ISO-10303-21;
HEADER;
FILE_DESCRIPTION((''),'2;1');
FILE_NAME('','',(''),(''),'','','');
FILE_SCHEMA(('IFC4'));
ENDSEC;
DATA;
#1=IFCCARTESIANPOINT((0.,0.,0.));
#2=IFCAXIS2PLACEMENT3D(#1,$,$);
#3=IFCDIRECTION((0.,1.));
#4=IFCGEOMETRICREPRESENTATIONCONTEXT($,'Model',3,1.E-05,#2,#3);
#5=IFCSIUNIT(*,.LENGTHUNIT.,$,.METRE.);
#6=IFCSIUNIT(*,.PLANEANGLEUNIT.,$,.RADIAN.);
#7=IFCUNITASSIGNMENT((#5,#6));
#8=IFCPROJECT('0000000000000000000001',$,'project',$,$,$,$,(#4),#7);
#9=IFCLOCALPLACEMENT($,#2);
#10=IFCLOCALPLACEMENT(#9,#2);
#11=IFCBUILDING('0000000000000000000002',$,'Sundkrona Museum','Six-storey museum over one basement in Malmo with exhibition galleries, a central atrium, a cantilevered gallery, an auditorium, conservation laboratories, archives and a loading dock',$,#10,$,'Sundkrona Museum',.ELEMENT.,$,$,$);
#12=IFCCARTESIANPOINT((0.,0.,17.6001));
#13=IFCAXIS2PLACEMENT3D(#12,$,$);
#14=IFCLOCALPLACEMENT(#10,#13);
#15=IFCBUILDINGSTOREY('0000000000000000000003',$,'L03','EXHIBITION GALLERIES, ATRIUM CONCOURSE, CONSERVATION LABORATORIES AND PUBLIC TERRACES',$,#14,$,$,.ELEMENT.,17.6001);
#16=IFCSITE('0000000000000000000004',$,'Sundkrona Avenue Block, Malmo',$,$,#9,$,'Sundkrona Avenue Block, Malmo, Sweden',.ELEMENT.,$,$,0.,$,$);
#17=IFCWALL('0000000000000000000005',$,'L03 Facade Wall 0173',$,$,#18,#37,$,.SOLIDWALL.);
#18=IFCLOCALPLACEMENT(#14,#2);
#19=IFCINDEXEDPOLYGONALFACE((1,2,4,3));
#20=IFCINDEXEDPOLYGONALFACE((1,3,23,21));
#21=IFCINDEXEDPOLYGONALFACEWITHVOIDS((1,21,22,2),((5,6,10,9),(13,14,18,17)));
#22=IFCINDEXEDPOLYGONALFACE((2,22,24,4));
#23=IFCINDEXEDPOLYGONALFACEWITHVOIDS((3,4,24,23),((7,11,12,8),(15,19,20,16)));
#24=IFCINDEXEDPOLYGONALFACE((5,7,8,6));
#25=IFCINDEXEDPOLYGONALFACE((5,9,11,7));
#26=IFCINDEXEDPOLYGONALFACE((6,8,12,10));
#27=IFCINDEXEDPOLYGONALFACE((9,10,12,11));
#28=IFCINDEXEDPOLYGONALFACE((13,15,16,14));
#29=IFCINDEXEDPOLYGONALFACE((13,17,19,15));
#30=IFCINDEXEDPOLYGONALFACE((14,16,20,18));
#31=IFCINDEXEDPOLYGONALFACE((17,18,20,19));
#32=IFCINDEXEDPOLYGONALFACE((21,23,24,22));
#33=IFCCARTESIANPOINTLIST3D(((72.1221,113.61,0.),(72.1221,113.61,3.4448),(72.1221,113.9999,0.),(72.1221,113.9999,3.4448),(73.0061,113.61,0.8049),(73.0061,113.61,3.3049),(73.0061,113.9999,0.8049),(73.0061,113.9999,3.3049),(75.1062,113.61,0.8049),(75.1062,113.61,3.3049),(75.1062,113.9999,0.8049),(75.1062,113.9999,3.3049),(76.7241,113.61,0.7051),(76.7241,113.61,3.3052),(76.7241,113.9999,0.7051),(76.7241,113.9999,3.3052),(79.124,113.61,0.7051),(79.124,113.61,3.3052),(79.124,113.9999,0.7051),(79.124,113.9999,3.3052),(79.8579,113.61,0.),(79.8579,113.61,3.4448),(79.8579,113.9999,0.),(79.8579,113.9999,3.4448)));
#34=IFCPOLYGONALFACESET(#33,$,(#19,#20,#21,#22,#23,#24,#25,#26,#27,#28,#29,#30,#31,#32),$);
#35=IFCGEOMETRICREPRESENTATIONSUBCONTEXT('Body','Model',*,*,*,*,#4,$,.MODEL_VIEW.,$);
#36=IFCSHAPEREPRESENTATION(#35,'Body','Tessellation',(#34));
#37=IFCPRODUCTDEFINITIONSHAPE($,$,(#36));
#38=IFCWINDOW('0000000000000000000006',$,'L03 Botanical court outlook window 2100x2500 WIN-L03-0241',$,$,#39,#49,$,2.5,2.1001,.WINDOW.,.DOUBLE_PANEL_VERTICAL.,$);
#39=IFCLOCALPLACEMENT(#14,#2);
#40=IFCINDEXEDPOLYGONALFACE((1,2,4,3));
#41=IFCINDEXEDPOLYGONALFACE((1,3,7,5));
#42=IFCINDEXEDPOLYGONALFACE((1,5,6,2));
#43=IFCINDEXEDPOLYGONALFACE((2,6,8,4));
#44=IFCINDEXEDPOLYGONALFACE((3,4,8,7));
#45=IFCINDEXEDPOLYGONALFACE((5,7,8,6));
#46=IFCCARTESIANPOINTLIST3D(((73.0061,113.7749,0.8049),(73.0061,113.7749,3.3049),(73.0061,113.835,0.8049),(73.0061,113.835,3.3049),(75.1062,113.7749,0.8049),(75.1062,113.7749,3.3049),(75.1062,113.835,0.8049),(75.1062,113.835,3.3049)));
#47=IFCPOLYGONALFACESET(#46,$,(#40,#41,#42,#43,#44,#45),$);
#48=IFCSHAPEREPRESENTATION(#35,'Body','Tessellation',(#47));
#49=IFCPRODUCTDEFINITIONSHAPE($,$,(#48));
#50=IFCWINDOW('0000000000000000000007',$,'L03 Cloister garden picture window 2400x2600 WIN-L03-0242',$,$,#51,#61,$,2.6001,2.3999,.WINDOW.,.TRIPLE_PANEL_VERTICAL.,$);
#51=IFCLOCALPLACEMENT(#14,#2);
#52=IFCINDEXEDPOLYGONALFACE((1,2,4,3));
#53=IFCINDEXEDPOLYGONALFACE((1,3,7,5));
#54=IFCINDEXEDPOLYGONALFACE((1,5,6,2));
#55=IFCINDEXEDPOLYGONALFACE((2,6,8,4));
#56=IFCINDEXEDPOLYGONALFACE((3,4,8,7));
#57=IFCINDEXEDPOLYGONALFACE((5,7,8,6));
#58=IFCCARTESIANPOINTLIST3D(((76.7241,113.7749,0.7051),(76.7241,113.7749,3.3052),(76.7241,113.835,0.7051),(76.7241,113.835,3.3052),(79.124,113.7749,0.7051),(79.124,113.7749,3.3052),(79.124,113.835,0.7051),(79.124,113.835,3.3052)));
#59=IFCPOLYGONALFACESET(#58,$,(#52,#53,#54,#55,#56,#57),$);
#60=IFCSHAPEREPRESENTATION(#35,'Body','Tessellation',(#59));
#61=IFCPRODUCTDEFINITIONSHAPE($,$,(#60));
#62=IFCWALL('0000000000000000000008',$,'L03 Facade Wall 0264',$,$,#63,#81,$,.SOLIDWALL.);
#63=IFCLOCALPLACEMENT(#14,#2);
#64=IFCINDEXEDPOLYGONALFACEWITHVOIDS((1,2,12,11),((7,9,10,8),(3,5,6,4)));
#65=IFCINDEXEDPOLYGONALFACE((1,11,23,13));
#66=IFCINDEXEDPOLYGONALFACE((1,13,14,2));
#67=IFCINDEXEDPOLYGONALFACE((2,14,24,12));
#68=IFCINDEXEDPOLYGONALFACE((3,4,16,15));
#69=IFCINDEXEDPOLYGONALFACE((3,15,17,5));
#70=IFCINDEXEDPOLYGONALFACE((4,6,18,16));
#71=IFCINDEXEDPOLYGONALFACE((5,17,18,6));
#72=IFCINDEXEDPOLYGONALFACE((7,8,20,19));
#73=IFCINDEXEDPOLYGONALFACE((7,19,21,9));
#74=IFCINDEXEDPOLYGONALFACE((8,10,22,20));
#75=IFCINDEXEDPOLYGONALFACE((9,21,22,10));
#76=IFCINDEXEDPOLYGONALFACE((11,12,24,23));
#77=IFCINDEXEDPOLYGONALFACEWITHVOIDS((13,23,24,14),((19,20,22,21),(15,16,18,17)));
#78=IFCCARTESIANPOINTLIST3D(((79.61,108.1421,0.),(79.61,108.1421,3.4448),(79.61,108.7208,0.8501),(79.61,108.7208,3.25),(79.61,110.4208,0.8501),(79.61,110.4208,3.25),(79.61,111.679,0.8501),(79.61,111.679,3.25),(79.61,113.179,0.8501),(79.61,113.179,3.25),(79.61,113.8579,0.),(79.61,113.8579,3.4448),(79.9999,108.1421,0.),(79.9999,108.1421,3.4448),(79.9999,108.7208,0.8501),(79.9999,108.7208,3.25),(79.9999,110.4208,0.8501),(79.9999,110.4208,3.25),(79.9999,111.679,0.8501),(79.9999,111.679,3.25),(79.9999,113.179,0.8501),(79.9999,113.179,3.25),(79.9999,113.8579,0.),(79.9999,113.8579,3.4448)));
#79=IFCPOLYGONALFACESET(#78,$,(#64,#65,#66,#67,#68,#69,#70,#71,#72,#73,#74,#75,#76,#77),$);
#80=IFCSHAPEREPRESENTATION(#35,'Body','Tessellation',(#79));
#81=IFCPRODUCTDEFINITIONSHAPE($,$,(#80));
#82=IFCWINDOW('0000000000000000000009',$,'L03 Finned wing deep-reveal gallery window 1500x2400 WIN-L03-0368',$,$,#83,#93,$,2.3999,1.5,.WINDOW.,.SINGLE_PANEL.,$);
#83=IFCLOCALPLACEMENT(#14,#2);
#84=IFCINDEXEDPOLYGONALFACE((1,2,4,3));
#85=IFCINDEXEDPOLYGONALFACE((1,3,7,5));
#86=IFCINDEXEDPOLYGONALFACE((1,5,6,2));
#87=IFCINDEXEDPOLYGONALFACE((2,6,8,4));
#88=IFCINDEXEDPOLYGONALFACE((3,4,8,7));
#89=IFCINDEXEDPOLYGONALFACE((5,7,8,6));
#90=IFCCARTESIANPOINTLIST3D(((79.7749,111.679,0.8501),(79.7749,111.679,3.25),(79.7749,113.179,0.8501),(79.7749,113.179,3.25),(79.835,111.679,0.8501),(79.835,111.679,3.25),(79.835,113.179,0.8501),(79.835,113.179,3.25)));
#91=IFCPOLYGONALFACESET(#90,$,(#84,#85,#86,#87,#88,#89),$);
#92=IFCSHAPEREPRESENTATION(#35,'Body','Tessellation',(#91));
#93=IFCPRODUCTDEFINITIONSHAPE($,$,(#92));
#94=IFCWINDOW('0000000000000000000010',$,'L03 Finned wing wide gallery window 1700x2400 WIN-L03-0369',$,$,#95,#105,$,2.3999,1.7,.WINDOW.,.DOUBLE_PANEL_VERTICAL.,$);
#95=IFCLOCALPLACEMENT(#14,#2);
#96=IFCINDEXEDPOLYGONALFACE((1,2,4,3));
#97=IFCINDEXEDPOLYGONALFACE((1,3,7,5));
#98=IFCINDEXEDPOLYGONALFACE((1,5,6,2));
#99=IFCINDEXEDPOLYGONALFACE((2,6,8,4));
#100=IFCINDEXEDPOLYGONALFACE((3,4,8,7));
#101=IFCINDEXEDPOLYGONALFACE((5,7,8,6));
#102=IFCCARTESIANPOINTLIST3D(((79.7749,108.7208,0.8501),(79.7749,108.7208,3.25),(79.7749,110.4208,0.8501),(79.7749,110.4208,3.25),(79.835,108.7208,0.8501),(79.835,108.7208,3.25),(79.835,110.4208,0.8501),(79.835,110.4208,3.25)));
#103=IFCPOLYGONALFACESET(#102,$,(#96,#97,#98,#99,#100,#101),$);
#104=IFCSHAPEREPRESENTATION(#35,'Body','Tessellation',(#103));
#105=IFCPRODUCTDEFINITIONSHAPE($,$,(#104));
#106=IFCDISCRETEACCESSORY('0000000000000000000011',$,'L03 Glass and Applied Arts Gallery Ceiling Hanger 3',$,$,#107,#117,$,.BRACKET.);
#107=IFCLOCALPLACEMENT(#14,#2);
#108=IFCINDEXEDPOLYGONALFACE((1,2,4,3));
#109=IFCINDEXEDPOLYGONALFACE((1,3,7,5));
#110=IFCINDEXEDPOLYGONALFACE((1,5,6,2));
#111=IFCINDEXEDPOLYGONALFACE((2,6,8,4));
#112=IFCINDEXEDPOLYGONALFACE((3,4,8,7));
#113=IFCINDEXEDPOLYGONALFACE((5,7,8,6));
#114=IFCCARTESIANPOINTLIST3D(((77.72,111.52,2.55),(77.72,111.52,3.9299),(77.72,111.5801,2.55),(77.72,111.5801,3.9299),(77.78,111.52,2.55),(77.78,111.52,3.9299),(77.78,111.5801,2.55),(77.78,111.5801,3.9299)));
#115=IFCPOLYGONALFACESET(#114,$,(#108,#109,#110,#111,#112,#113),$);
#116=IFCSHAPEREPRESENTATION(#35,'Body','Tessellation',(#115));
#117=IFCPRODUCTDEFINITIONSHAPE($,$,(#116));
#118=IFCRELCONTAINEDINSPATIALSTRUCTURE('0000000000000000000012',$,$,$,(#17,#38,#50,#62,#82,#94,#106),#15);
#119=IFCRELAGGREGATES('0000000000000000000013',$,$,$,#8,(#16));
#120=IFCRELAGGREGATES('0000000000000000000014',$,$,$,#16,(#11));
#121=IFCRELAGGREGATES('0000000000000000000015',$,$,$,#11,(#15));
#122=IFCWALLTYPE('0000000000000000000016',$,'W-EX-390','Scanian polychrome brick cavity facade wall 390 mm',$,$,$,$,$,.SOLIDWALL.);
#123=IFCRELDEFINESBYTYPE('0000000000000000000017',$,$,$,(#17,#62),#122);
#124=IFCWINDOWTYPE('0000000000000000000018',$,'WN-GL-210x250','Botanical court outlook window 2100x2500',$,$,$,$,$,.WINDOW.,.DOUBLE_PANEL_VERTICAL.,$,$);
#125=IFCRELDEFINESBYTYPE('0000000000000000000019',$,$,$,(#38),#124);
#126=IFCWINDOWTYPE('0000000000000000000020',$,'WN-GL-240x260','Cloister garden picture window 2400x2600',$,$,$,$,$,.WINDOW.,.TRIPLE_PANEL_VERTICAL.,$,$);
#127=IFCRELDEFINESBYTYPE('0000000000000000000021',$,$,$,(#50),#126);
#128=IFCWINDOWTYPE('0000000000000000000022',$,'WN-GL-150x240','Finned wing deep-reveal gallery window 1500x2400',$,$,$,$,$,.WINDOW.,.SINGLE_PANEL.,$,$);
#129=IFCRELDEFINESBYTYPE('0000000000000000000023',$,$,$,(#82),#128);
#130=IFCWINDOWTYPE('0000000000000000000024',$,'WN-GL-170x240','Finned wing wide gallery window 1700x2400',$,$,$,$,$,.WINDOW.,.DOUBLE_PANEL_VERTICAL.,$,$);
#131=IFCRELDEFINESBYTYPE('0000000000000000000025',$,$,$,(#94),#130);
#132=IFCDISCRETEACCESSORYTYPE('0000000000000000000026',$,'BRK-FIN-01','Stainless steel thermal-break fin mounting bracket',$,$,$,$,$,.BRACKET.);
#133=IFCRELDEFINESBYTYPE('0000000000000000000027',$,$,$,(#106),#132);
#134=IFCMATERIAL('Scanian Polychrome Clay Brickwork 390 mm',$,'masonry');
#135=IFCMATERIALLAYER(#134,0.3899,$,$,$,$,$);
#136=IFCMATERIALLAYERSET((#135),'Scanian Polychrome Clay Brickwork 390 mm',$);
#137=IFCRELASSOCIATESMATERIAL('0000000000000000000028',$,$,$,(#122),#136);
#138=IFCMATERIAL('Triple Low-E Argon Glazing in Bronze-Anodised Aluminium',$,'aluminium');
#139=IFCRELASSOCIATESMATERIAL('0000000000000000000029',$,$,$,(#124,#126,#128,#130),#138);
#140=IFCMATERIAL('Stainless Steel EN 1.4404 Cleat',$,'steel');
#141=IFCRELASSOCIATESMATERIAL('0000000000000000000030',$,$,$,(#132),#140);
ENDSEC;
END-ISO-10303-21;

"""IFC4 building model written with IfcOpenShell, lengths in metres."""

from ifc_helpers import new_model, si_unit, direction, frame, frame_2d, origin, origin_2d, place, context, subcontext, project, spatial, rectangle, extrude, material, layer, layer_set, type_object, element, fill, save


model = new_model("IFC4")

# Units and contexts
model_context = context("Model", 3, precision=1e-05, world=origin(), true_north=direction((0.0, 1.0)))
body_context = subcontext(model_context, "Body", "Model", "MODEL_VIEW")
ifc_project = project(units=[si_unit("LENGTHUNIT", "METRE"), si_unit("PLANEANGLEUNIT", "RADIAN")], contexts=[model_context])

# Site, building, storey
site_placement = place(None, origin())
site = spatial("IfcSite", under=ifc_project, at=site_placement, Name="Sundkrona Avenue Block, Malmo", LongName="Sundkrona Avenue Block, Malmo, Sweden", CompositionType="ELEMENT", RefElevation=0.0)
building_placement = place(site_placement, origin())
building = spatial("IfcBuilding", under=site, at=building_placement, Name="Sundkrona Museum", Description="Six-storey museum over one basement in Malmo with exhibition galleries, a central atrium, a cantilevered gallery, an auditorium, conservation laboratories, archives and a loading dock", LongName="Sundkrona Museum", CompositionType="ELEMENT")
storey_placement = place(building_placement, frame((0.0, 0.0, 17.6001)))
storey = spatial("IfcBuildingStorey", under=building, at=storey_placement, Name="L03", Description="EXHIBITION GALLERIES, ATRIUM CONCOURSE, CONSERVATION LABORATORIES AND PUBLIC TERRACES", CompositionType="ELEMENT", Elevation=17.6001)

# Walls, openings, windows
ifc_material_1 = material(Name="Scanian Polychrome Clay Brickwork 390 mm", Category="masonry")
ifc_layer = layer(ifc_material_1, 0.3899)
ifc_layer_set = layer_set([ifc_layer], Name="Scanian Polychrome Clay Brickwork 390 mm")
wall_type = type_object("IfcWallType", Name="W-EX-390", Description="Scanian polychrome brick cavity facade wall 390 mm", PredefinedType="SOLIDWALL", material=ifc_layer_set)
ifc_material_2 = material(Name="Triple Low-E Argon Glazing in Bronze-Anodised Aluminium", Category="aluminium")
window_type_1 = type_object("IfcWindowType", Name="WN-GL-210x250", Description="Botanical court outlook window 2100x2500", PartitioningType="DOUBLE_PANEL_VERTICAL", PredefinedType="WINDOW", material=ifc_material_2)
window_type_2 = type_object("IfcWindowType", Name="WN-GL-240x260", Description="Cloister garden picture window 2400x2600", PartitioningType="TRIPLE_PANEL_VERTICAL", PredefinedType="WINDOW", material=ifc_material_2)
wall_1_placement = place(storey_placement, frame((72.1221, 113.8049, 0.0), z_axis=(0.0, 0.0, 1.0), x_axis=(1.0, 0.0, 0.0)))
wall_1 = element("IfcWall", 1, at=wall_1_placement, inside=storey, type_object=wall_type, Name="L03 Facade Wall 0173", PredefinedType="SOLIDWALL", context=body_context, shape_type="SweptSolid", body=[
    extrude(rectangle(XDim=7.7358, YDim=0.3899, at=frame_2d((3.8679, 0.0))), origin(), (0.0, 0.0, 1.0), 3.4448),
])
opening_1_placement = place(wall_1_placement, frame((0.884, 0.0, 0.8049)))
opening_1 = element("IfcOpeningElement", 2, at=opening_1_placement, cuts=wall_1, PredefinedType="OPENING", context=body_context, shape_type="SweptSolid", body=[
    extrude(rectangle(XDim=2.1001, YDim=2.5, at=frame_2d((1.05, 1.25))), frame((0.0, 0.2048, 0.0), z_axis=(0.0, -1.0, 0.0), x_axis=(1.0, 0.0, 0.0)), (0.0, 0.0, 1.0), 0.4099),
])
opening_2_placement = place(wall_1_placement, frame((4.6021, 0.0, 0.7051)))
opening_2 = element("IfcOpeningElement", 3, at=opening_2_placement, cuts=wall_1, PredefinedType="OPENING", context=body_context, shape_type="SweptSolid", body=[
    extrude(rectangle(XDim=2.3999, YDim=2.6001, at=frame_2d((1.2, 1.3))), frame((0.0, 0.2048, 0.0), z_axis=(0.0, -1.0, 0.0), x_axis=(1.0, 0.0, 0.0)), (0.0, 0.0, 1.0), 0.4099),
])
window_1_placement = place(opening_1_placement, origin())
window_1 = element("IfcWindow", 4, at=window_1_placement, inside=storey, type_object=window_type_1, Name="L03 Botanical court outlook window 2100x2500 WIN-L03-0241", OverallHeight=2.5, OverallWidth=2.1001, PartitioningType="DOUBLE_PANEL_VERTICAL", PredefinedType="WINDOW", context=body_context, shape_type="SweptSolid", body=[
    extrude(rectangle(XDim=2.1001, YDim=2.5, at=frame_2d((1.05, 1.25))), frame((0.0, 0.03, 0.0), z_axis=(0.0, -1.0, 0.0), x_axis=(1.0, 0.0, 0.0)), (0.0, 0.0, 1.0), 0.0601),
])
fill(opening_1, window_1)
window_2_placement = place(opening_2_placement, origin())
window_2 = element("IfcWindow", 5, at=window_2_placement, inside=storey, type_object=window_type_2, Name="L03 Cloister garden picture window 2400x2600 WIN-L03-0242", OverallHeight=2.6001, OverallWidth=2.3999, PartitioningType="TRIPLE_PANEL_VERTICAL", PredefinedType="WINDOW", context=body_context, shape_type="SweptSolid", body=[
    extrude(rectangle(XDim=2.3999, YDim=2.6001, at=frame_2d((1.2, 1.3))), frame((0.0, 0.03, 0.0), z_axis=(0.0, -1.0, 0.0), x_axis=(1.0, 0.0, 0.0)), (0.0, 0.0, 1.0), 0.0601),
])
fill(opening_2, window_2)
wall_2_placement = place(storey_placement, frame((79.8049, 113.8579, 0.0), z_axis=(0.0, 0.0, 1.0), x_axis=(0.0, -1.0, 0.0)))
wall_2 = element("IfcWall", 6, at=wall_2_placement, inside=storey, type_object=wall_type, Name="L03 Facade Wall 0264", PredefinedType="SOLIDWALL", context=body_context, shape_type="SweptSolid", body=[
    extrude(rectangle(XDim=5.7158, YDim=0.3899, at=frame_2d((2.8579, 0.0))), origin(), (0.0, 0.0, 1.0), 3.4448),
])
opening_3_placement = place(wall_2_placement, frame((0.679, 0.0, 0.8501)))
opening_3 = element("IfcOpeningElement", 7, at=opening_3_placement, cuts=wall_2, PredefinedType="OPENING", context=body_context, shape_type="SweptSolid", body=[
    extrude(rectangle(XDim=1.5, YDim=2.3999, at=frame_2d((0.75, 1.2))), frame((0.0, 0.2048, 0.0), z_axis=(0.0, -1.0, 0.0), x_axis=(1.0, 0.0, 0.0)), (0.0, 0.0, 1.0), 0.4099),
])
opening_4_placement = place(wall_2_placement, frame((3.437, 0.0, 0.8501)))
opening_4 = element("IfcOpeningElement", 8, at=opening_4_placement, cuts=wall_2, PredefinedType="OPENING", context=body_context, shape_type="SweptSolid", body=[
    extrude(rectangle(XDim=1.7, YDim=2.3999, at=frame_2d((0.8501, 1.2))), frame((0.0, 0.2048, 0.0), z_axis=(0.0, -1.0, 0.0), x_axis=(1.0, 0.0, 0.0)), (0.0, 0.0, 1.0), 0.4099),
])
window_type_3 = type_object("IfcWindowType", Name="WN-GL-150x240", Description="Finned wing deep-reveal gallery window 1500x2400", PartitioningType="SINGLE_PANEL", PredefinedType="WINDOW", material=ifc_material_2)
window_3_placement = place(opening_3_placement, origin())
window_3 = element("IfcWindow", 9, at=window_3_placement, inside=storey, type_object=window_type_3, Name="L03 Finned wing deep-reveal gallery window 1500x2400 WIN-L03-0368", OverallHeight=2.3999, OverallWidth=1.5, PartitioningType="SINGLE_PANEL", PredefinedType="WINDOW", context=body_context, shape_type="SweptSolid", body=[
    extrude(rectangle(XDim=1.5, YDim=2.3999, at=frame_2d((0.75, 1.2))), frame((0.0, 0.03, 0.0), z_axis=(0.0, -1.0, 0.0), x_axis=(1.0, 0.0, 0.0)), (0.0, 0.0, 1.0), 0.0601),
])
fill(opening_3, window_3)
window_type_4 = type_object("IfcWindowType", Name="WN-GL-170x240", Description="Finned wing wide gallery window 1700x2400", PartitioningType="DOUBLE_PANEL_VERTICAL", PredefinedType="WINDOW", material=ifc_material_2)
window_4_placement = place(opening_4_placement, origin())
window_4 = element("IfcWindow", 10, at=window_4_placement, inside=storey, type_object=window_type_4, Name="L03 Finned wing wide gallery window 1700x2400 WIN-L03-0369", OverallHeight=2.3999, OverallWidth=1.7, PartitioningType="DOUBLE_PANEL_VERTICAL", PredefinedType="WINDOW", context=body_context, shape_type="SweptSolid", body=[
    extrude(rectangle(XDim=1.7, YDim=2.3999, at=frame_2d((0.8501, 1.2))), frame((0.0, 0.03, 0.0), z_axis=(0.0, -1.0, 0.0), x_axis=(1.0, 0.0, 0.0)), (0.0, 0.0, 1.0), 0.0601),
])
fill(opening_4, window_4)

# Discrete accessory
ifc_material_3 = material(Name="Stainless Steel EN 1.4404 Cleat", Category="steel")
discrete_accessory_type = type_object("IfcDiscreteAccessoryType", Name="BRK-FIN-01", Description="Stainless steel thermal-break fin mounting bracket", PredefinedType="BRACKET", material=ifc_material_3)
discrete_accessory_placement = place(storey_placement, frame((77.75, 111.55, 2.55), z_axis=(0.0, 0.0, 1.0), x_axis=(1.0, 0.0, 0.0)))
element("IfcDiscreteAccessory", 11, at=discrete_accessory_placement, inside=storey, type_object=discrete_accessory_type, Name="L03 Glass and Applied Arts Gallery Ceiling Hanger 3", PredefinedType="BRACKET", context=body_context, shape_type="SweptSolid", body=[
    extrude(rectangle(XDim=0.0601, YDim=0.0601, at=origin_2d()), origin(), (0.0, 0.0, 1.0), 1.3799),
])

save(model, "model.ifc")
